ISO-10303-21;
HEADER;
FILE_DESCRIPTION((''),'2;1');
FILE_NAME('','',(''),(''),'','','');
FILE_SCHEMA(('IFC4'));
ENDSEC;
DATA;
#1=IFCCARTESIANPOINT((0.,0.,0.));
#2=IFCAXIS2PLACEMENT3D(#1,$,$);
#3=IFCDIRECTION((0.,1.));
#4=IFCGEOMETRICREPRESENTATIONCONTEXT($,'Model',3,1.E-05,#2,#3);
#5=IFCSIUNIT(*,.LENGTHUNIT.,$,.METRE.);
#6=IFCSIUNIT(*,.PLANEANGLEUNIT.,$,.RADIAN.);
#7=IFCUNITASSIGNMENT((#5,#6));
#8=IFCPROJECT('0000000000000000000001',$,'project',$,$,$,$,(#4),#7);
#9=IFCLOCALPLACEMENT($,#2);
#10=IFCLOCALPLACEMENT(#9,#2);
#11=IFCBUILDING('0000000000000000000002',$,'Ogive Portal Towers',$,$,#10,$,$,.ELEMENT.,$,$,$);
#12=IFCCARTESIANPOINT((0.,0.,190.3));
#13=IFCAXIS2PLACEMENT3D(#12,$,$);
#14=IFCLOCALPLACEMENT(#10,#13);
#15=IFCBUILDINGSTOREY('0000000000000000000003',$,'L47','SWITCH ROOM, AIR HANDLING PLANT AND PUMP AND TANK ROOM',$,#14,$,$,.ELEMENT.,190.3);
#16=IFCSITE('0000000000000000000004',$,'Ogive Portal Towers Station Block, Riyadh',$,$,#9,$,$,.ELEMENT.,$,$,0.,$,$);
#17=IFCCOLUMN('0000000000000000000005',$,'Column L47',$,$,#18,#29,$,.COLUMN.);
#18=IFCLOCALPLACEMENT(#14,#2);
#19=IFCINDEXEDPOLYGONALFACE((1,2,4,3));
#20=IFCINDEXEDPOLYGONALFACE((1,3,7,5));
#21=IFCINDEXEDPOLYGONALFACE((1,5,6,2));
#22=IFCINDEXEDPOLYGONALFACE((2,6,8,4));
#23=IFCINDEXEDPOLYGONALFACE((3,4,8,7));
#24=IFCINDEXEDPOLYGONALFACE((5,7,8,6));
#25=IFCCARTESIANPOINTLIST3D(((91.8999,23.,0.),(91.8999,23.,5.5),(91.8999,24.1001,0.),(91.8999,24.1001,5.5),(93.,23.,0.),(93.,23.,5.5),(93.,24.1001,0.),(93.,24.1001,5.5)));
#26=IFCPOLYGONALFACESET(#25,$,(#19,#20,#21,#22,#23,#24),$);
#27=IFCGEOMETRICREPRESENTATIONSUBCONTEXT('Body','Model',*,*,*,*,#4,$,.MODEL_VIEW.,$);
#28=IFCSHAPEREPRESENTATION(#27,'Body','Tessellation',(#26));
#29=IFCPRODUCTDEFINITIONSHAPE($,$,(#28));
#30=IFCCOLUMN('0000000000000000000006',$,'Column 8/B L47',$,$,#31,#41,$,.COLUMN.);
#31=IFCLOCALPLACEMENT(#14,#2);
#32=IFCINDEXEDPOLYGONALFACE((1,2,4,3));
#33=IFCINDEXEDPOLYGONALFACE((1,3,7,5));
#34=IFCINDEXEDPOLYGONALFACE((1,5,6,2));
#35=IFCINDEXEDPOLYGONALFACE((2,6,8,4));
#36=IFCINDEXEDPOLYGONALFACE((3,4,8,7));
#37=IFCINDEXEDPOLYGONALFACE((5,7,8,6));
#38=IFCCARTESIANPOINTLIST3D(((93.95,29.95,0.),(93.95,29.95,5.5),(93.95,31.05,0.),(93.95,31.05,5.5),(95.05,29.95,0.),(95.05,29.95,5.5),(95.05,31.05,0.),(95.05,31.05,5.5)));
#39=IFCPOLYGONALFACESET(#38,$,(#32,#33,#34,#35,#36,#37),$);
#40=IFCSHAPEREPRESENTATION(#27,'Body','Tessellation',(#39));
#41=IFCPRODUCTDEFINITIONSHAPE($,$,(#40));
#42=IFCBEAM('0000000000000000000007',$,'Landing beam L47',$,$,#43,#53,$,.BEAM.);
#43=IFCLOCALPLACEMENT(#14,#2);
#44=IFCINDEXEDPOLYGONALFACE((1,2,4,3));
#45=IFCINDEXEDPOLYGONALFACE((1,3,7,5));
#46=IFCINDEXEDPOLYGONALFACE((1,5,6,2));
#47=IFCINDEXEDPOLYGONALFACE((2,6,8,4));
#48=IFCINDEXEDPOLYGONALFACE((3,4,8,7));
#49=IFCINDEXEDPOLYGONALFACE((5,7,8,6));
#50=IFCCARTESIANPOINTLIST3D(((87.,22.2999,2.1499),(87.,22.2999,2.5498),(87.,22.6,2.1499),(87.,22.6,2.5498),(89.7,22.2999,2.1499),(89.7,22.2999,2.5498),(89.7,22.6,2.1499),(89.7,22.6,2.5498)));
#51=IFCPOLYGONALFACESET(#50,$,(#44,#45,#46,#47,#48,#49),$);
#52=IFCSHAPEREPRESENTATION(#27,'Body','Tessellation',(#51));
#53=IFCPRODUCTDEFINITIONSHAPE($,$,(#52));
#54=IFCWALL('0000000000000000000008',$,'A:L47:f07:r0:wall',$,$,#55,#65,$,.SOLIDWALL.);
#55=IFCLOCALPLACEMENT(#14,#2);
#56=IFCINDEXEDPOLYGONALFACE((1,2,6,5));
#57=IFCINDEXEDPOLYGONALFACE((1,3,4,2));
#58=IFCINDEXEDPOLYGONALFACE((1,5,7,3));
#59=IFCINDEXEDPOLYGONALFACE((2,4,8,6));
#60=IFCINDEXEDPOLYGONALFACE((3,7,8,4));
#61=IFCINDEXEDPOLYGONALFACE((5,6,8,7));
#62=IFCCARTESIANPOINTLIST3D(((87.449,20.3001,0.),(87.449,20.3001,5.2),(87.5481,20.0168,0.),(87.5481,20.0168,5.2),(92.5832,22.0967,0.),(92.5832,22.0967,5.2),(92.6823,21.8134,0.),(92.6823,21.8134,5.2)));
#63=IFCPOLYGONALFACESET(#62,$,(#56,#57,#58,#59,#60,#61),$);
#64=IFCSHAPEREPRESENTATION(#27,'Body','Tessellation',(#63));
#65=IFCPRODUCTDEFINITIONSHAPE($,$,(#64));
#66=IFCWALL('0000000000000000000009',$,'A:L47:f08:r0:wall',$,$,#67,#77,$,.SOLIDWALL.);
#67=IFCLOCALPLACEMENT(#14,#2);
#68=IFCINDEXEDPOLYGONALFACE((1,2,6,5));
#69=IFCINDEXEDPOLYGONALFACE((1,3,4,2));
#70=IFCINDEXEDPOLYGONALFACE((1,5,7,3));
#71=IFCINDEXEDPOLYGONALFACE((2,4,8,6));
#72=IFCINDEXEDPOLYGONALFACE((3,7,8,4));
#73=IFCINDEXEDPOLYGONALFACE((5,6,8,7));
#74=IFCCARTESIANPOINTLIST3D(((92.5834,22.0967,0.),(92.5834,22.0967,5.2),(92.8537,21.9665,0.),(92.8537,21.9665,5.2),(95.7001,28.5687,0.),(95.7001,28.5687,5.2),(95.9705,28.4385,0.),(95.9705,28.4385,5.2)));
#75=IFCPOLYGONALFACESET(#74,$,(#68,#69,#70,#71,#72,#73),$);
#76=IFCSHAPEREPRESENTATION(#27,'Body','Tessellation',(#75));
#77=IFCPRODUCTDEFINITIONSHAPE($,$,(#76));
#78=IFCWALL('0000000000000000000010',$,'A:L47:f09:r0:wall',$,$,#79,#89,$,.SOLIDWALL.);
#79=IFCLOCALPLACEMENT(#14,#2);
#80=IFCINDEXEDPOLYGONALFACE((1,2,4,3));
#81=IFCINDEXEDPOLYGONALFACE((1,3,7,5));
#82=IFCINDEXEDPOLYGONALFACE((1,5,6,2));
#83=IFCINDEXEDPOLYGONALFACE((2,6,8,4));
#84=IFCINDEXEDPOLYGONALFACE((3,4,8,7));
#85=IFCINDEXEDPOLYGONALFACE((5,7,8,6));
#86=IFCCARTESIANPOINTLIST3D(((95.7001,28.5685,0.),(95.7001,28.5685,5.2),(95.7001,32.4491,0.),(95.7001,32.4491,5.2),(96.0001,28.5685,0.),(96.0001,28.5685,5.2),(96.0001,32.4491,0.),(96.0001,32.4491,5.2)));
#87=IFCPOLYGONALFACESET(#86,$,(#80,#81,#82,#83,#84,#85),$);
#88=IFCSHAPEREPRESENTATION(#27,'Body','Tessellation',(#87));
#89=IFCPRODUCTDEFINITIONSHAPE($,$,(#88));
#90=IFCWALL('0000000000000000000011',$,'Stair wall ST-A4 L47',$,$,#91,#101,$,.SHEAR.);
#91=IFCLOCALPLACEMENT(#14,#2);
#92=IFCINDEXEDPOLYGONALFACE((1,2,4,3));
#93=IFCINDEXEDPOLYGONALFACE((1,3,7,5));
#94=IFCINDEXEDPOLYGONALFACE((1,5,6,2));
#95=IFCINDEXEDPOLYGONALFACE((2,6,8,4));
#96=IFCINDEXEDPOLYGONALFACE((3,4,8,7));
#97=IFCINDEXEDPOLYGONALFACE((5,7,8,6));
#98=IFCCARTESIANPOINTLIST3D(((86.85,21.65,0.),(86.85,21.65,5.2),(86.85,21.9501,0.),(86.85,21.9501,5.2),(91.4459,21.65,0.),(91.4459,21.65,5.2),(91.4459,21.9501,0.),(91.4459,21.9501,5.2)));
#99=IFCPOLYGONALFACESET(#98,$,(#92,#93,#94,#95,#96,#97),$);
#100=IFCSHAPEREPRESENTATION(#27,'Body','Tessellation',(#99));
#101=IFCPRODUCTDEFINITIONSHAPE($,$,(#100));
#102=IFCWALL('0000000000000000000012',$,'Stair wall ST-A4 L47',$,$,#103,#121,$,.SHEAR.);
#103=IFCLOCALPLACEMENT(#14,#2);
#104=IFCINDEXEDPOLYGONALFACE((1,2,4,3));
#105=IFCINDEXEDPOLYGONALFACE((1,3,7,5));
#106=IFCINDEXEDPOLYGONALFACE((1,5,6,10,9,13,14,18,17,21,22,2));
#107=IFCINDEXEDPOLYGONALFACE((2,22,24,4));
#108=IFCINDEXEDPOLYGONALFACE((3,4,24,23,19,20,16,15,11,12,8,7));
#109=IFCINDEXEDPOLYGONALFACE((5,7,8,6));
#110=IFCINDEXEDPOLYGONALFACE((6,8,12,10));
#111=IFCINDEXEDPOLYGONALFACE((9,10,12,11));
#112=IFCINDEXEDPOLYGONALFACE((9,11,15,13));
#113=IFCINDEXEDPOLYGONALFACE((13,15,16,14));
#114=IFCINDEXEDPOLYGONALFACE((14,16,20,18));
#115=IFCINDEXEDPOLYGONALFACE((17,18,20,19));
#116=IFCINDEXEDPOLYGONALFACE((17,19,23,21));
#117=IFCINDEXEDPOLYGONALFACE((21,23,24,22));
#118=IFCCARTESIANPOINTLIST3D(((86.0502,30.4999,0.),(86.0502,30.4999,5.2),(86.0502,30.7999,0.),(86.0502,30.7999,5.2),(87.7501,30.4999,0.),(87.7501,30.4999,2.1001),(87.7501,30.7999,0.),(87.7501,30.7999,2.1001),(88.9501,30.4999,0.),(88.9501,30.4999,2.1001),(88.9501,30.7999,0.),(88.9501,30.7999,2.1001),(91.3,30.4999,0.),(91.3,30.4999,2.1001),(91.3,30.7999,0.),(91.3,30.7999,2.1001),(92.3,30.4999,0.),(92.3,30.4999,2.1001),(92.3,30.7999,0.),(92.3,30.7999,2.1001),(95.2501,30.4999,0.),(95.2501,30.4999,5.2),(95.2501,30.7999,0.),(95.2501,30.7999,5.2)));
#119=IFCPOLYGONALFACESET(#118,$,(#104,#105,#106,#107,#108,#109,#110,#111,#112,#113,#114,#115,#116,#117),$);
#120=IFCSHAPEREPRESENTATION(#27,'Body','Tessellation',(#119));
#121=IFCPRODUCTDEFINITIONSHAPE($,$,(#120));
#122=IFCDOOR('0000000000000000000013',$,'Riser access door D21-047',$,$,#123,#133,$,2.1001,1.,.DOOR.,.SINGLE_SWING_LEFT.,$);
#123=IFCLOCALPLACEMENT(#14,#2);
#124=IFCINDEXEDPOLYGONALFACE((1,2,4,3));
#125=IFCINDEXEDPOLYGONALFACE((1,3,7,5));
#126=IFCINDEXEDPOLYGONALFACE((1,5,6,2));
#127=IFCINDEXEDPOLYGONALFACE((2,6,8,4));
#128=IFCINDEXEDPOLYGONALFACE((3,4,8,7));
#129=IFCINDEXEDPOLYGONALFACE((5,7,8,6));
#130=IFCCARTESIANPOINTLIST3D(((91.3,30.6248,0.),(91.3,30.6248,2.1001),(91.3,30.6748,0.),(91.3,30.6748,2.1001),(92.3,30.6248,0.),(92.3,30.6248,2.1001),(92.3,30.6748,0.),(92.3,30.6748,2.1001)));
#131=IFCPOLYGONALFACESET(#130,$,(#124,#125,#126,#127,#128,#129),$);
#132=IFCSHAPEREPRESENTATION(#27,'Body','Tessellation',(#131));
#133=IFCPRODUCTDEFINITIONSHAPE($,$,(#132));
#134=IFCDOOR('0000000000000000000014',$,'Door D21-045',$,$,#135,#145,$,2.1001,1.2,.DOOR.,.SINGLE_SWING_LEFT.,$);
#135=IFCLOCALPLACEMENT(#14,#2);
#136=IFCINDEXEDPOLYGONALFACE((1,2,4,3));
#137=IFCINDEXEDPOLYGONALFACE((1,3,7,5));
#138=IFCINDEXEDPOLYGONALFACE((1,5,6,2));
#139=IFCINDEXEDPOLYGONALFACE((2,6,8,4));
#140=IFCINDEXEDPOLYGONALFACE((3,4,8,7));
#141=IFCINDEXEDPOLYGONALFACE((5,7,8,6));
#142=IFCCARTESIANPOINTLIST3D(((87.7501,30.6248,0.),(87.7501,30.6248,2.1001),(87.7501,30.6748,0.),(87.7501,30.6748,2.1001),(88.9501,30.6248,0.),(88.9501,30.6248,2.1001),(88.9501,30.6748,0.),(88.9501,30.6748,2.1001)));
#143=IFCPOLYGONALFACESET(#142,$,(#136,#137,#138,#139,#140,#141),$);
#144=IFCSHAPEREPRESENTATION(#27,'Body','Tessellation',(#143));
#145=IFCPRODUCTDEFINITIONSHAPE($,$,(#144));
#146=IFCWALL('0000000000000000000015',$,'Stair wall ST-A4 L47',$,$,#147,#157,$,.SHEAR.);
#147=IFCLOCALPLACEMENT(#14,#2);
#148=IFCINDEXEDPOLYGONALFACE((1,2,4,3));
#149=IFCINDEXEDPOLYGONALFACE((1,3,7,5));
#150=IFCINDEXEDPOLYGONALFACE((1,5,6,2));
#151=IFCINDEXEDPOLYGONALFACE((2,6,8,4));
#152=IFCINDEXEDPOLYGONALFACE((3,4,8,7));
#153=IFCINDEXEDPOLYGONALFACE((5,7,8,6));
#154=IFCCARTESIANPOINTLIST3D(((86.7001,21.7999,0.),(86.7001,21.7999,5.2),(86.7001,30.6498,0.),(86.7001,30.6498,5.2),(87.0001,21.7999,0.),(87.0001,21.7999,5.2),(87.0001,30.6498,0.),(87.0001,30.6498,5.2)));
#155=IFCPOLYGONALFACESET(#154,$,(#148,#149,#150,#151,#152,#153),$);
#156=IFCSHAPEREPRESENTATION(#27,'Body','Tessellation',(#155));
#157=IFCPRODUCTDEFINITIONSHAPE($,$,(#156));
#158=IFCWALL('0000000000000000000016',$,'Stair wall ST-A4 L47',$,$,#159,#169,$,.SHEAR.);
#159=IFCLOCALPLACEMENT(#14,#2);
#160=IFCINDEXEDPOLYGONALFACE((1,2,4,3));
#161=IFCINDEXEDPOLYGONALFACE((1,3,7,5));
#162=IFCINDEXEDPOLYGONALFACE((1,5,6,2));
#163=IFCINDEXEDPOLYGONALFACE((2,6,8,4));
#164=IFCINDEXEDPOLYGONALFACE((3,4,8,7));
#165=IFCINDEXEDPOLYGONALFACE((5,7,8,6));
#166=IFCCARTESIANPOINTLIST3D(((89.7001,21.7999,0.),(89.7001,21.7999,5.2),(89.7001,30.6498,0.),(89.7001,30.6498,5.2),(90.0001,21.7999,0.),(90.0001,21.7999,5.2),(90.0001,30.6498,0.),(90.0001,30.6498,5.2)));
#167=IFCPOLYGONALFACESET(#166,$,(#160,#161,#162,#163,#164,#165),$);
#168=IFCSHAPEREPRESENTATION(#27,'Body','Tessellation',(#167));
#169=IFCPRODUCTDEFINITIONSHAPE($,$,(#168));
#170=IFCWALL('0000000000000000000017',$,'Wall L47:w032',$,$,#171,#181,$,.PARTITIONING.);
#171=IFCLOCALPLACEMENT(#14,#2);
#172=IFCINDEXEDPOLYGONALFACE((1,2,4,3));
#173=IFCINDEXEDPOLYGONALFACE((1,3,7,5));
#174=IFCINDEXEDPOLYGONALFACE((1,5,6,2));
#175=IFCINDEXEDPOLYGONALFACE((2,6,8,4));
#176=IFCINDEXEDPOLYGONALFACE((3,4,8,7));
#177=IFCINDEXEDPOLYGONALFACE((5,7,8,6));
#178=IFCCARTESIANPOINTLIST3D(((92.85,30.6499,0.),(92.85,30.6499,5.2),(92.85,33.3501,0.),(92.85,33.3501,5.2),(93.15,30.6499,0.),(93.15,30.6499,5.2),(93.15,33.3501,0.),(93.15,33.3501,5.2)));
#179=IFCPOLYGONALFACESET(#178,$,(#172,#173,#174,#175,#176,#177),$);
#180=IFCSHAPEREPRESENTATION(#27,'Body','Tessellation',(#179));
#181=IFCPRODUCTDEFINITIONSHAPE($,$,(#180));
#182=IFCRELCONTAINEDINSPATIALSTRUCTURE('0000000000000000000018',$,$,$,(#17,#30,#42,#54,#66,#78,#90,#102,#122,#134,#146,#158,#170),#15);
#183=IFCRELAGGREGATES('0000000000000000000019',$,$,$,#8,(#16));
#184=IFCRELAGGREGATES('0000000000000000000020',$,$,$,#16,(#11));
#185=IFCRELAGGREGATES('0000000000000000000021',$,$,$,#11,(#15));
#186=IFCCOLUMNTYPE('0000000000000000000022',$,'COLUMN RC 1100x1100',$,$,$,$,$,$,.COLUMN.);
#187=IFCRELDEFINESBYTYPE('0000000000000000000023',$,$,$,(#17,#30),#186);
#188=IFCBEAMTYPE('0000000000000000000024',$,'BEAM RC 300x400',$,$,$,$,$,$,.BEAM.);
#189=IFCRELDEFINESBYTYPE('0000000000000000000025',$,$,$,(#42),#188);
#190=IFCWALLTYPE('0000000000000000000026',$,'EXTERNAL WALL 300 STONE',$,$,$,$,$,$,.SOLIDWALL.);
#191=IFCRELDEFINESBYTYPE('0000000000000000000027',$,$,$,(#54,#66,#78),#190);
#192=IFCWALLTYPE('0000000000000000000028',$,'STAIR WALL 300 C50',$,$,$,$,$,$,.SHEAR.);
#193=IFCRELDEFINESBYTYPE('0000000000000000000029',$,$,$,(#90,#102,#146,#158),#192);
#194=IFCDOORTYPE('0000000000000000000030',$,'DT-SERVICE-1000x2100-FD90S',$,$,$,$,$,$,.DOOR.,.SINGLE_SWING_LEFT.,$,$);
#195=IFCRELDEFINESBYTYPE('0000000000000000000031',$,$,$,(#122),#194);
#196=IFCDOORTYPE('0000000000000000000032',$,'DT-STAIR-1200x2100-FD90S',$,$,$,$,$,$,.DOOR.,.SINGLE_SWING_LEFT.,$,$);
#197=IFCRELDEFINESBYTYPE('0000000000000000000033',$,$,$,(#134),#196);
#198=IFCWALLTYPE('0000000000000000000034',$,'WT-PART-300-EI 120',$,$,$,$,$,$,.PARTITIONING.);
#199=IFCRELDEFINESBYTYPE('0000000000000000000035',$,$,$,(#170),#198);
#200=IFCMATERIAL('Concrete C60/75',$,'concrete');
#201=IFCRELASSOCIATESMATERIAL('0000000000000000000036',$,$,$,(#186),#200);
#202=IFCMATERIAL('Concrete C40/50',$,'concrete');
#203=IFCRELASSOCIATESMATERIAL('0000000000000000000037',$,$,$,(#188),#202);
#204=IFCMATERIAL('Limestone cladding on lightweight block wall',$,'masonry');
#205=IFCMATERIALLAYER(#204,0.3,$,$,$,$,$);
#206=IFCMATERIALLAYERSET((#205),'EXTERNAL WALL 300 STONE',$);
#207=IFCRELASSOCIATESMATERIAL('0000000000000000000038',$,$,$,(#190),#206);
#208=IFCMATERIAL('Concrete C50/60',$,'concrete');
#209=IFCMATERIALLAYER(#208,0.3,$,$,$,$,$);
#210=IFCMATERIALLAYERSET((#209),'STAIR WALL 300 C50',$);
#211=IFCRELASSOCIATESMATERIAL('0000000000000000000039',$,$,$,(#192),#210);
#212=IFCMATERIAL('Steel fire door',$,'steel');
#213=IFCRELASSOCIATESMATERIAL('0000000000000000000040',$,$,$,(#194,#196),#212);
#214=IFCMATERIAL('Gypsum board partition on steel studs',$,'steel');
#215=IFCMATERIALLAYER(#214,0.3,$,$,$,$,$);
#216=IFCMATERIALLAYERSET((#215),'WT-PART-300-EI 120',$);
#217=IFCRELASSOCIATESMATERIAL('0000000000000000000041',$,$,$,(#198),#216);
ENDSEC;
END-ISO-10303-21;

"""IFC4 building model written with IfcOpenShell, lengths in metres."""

from ifc_helpers import new_model, si_unit, direction, frame, frame_2d, origin, origin_2d, place, context, subcontext, project, spatial, rectangle, extrude, material, layer, layer_set, material_profile, profile_set, type_object, element, fill, save


model = new_model("IFC4")

# Units and contexts
model_context = context("Model", 3, precision=1e-05, world=origin(), true_north=direction((0.0, 1.0)))
body_context = subcontext(model_context, "Body", "Model", "MODEL_VIEW")
ifc_project = project(units=[si_unit("LENGTHUNIT", "METRE"), si_unit("PLANEANGLEUNIT", "RADIAN")], contexts=[model_context])

# Site, building, storey
site_placement = place(None, origin())
site = spatial("IfcSite", under=ifc_project, at=site_placement, Name="Ogive Portal Towers Station Block, Riyadh", CompositionType="ELEMENT", RefElevation=0.0)
building_placement = place(site_placement, origin())
building = spatial("IfcBuilding", under=site, at=building_placement, Name="Ogive Portal Towers", CompositionType="ELEMENT")
storey_placement = place(building_placement, frame((0.0, 0.0, 190.3)))
storey = spatial("IfcBuildingStorey", under=building, at=storey_placement, Name="L47", Description="SWITCH ROOM, AIR HANDLING PLANT AND PUMP AND TANK ROOM", CompositionType="ELEMENT", Elevation=190.3)

# Columns
ifc_material_1 = material(Name="Concrete C60/75", Category="concrete")
ifc_material_profile_1 = material_profile(ifc_material_1, rectangle(XDim=1.1001, YDim=1.1001, at=origin_2d()), Name="RC 1100x1100")
ifc_profile_set_1 = profile_set([ifc_material_profile_1], Name="Concrete C60/75")
column_type = type_object("IfcColumnType", Name="COLUMN RC 1100x1100", PredefinedType="COLUMN", material=ifc_profile_set_1)
for number, where, z_axis, x_axis, name in (
    (1, (92.45, 23.55, 0.0), (0.0, 0.0, 1.0), (1.0, 0.0, 0.0), "Column L47"),
    (2, (94.5, 30.5, 0.0), (0.0, 0.0, 1.0), (1.0, 0.0, 0.0), "Column 8/B L47"),
):
    element("IfcColumn", number, at=place(storey_placement, frame(where, z_axis=z_axis, x_axis=x_axis)), inside=storey, type_object=column_type, Name=name, PredefinedType="COLUMN", context=body_context, shape_type="SweptSolid", body=[
        extrude(rectangle(XDim=1.1001, YDim=1.1001, at=origin_2d()), origin(), (0.0, 0.0, 1.0), 5.5),
    ])

# Beam
ifc_material_2 = material(Name="Concrete C40/50", Category="concrete")
ifc_material_profile_2 = material_profile(ifc_material_2, rectangle(XDim=0.3, YDim=0.3999, at=origin_2d()), Name="RC 300x400")
ifc_profile_set_2 = profile_set([ifc_material_profile_2], Name="Concrete C40/50")
beam_type = type_object("IfcBeamType", Name="BEAM RC 300x400", PredefinedType="BEAM", material=ifc_profile_set_2)
beam_placement = place(storey_placement, frame((87.0, 22.45, 2.3499), z_axis=(1.0, 0.0, 0.0), x_axis=(0.0, 1.0, 0.0)))
element("IfcBeam", 3, at=beam_placement, inside=storey, type_object=beam_type, Name="Landing beam L47", PredefinedType="BEAM", context=body_context, shape_type="SweptSolid", body=[
    extrude(rectangle(XDim=0.3, YDim=0.3999, at=origin_2d()), origin(), (0.0, 0.0, 1.0), 2.7),
])

# Walls
ifc_material_3 = material(Name="Limestone cladding on lightweight block wall", Category="masonry")
ifc_layer_1 = layer(ifc_material_3, 0.3)
ifc_layer_set_1 = layer_set([ifc_layer_1], Name="EXTERNAL WALL 300 STONE")
wall_type_1 = type_object("IfcWallType", Name="EXTERNAL WALL 300 STONE", PredefinedType="SOLIDWALL", material=ifc_layer_set_1)
wall_1_placement = place(storey_placement, frame((87.4985, 20.1584, 0.0), z_axis=(0.0, 0.0, 1.0), x_axis=(0.943879, 0.33029, 0.0)))
element("IfcWall", 4, at=wall_1_placement, inside=storey, type_object=wall_type_1, Name="A:L47:f07:r0:wall", PredefinedType="SOLIDWALL", context=body_context, shape_type="SweptSolid", body=[
    extrude(rectangle(XDim=5.4395, YDim=0.3, at=frame_2d((2.7197, 0.0))), origin(), (0.0, 0.0, 1.0), 5.2),
])
wall_2_placement = place(storey_placement, frame((92.7185, 22.0315, 0.0), z_axis=(0.0, 0.0, 1.0), x_axis=(0.433882, 0.90097, 0.0)))
element("IfcWall", 5, at=wall_2_placement, inside=storey, type_object=wall_type_1, Name="A:L47:f08:r0:wall", PredefinedType="SOLIDWALL", context=body_context, shape_type="SweptSolid", body=[
    extrude(rectangle(XDim=7.1833, YDim=0.3, at=frame_2d((3.5918, 0.0))), origin(), (0.0, 0.0, 1.0), 5.2),
])
wall_3_placement = place(storey_placement, frame((95.8501, 28.5684, 0.0), z_axis=(0.0, 0.0, 1.0), x_axis=(0.0, 1.0, 0.0)))
element("IfcWall", 6, at=wall_3_placement, inside=storey, type_object=wall_type_1, Name="A:L47:f09:r0:wall", PredefinedType="SOLIDWALL", context=body_context, shape_type="SweptSolid", body=[
    extrude(rectangle(XDim=3.8806, YDim=0.3, at=frame_2d((1.9404, 0.0))), origin(), (0.0, 0.0, 1.0), 5.2),
])
ifc_material_4 = material(Name="Concrete C50/60", Category="concrete")
ifc_layer_2 = layer(ifc_material_4, 0.3)
ifc_layer_set_2 = layer_set([ifc_layer_2], Name="STAIR WALL 300 C50")
wall_type_2 = type_object("IfcWallType", Name="STAIR WALL 300 C50", PredefinedType="SHEAR", material=ifc_layer_set_2)
wall_4_placement = place(storey_placement, frame((86.8501, 21.8, 0.0), z_axis=(0.0, 0.0, 1.0), x_axis=(1.0, 0.0, 0.0)))
element("IfcWall", 7, at=wall_4_placement, inside=storey, type_object=wall_type_2, Name="Stair wall ST-A4 L47", PredefinedType="SHEAR", context=body_context, shape_type="SweptSolid", body=[
    extrude(rectangle(XDim=4.5959, YDim=0.3, at=frame_2d((2.2979, 0.0))), origin(), (0.0, 0.0, 1.0), 5.2),
])

# Wall, openings, doors
wall_5_placement = place(storey_placement, frame((86.05, 30.6499, 0.0), z_axis=(0.0, 0.0, 1.0), x_axis=(1.0, 0.0, 0.0)))
wall_5 = element("IfcWall", 8, at=wall_5_placement, inside=storey, type_object=wall_type_2, Name="Stair wall ST-A4 L47", PredefinedType="SHEAR", context=body_context, shape_type="SweptSolid", body=[
    extrude(rectangle(XDim=9.2, YDim=0.3, at=frame_2d((4.6001, 0.0))), origin(), (0.0, 0.0, 1.0), 5.2),
])
opening_1_placement = place(wall_5_placement, frame((1.7, 0.0, 0.0)))
opening_1 = element("IfcOpeningElement", 9, at=opening_1_placement, cuts=wall_5, PredefinedType="OPENING", context=body_context, shape_type="SweptSolid", body=[
    extrude(rectangle(XDim=1.2, YDim=2.1001, at=frame_2d((0.6001, 1.05))), frame((0.0, 0.1602, 0.0), z_axis=(0.0, -1.0, 0.0), x_axis=(1.0, 0.0, 0.0)), (0.0, 0.0, 1.0), 0.3201),
])
opening_2_placement = place(wall_5_placement, frame((5.25, 0.0, 0.0)))
opening_2 = element("IfcOpeningElement", 10, at=opening_2_placement, cuts=wall_5, PredefinedType="OPENING", context=body_context, shape_type="SweptSolid", body=[
    extrude(rectangle(XDim=1.0, YDim=2.1001, at=frame_2d((0.5, 1.05))), frame((0.0, 0.1602, 0.0), z_axis=(0.0, -1.0, 0.0), x_axis=(1.0, 0.0, 0.0)), (0.0, 0.0, 1.0), 0.3201),
])
ifc_material_5 = material(Name="Steel fire door", Category="steel")
door_type_1 = type_object("IfcDoorType", Name="DT-SERVICE-1000x2100-FD90S", OperationType="SINGLE_SWING_LEFT", PredefinedType="DOOR", material=ifc_material_5)
door_1_placement = place(opening_2_placement, origin())
door_1 = element("IfcDoor", 11, at=door_1_placement, inside=storey, type_object=door_type_1, Name="Riser access door D21-047", OperationType="SINGLE_SWING_LEFT", OverallHeight=2.1001, OverallWidth=1.0, PredefinedType="DOOR", context=body_context, shape_type="SweptSolid", body=[
    extrude(rectangle(XDim=1.0, YDim=2.1001, at=frame_2d((0.5, 1.05))), frame((0.0, 0.0249, 0.0), z_axis=(0.0, -1.0, 0.0), x_axis=(1.0, 0.0, 0.0)), (0.0, 0.0, 1.0), 0.05),
])
fill(opening_2, door_1)
door_type_2 = type_object("IfcDoorType", Name="DT-STAIR-1200x2100-FD90S", OperationType="SINGLE_SWING_LEFT", PredefinedType="DOOR", material=ifc_material_5)
door_2_placement = place(opening_1_placement, origin())
door_2 = element("IfcDoor", 12, at=door_2_placement, inside=storey, type_object=door_type_2, Name="Door D21-045", OperationType="SINGLE_SWING_LEFT", OverallHeight=2.1001, OverallWidth=1.2, PredefinedType="DOOR", context=body_context, shape_type="SweptSolid", body=[
    extrude(rectangle(XDim=1.2, YDim=2.1001, at=frame_2d((0.6001, 1.05))), frame((0.0, 0.0249, 0.0), z_axis=(0.0, -1.0, 0.0), x_axis=(1.0, 0.0, 0.0)), (0.0, 0.0, 1.0), 0.05),
])
fill(opening_1, door_2)

# Walls
for number, where, z_axis, x_axis, name in (
    (13, (86.8501, 21.8, 0.0), (0.0, 0.0, 1.0), (0.0, 1.0, 0.0), "Stair wall ST-A4 L47"),
    (14, (89.8501, 21.8, 0.0), (0.0, 0.0, 1.0), (0.0, 1.0, 0.0), "Stair wall ST-A4 L47"),
):
    element("IfcWall", number, at=place(storey_placement, frame(where, z_axis=z_axis, x_axis=x_axis)), inside=storey, type_object=wall_type_2, Name=name, PredefinedType="SHEAR", context=body_context, shape_type="SweptSolid", body=[
        extrude(rectangle(XDim=8.8499, YDim=0.3, at=frame_2d((4.4248, 0.0))), origin(), (0.0, 0.0, 1.0), 5.2),
    ])
ifc_material_6 = material(Name="Gypsum board partition on steel studs", Category="steel")
ifc_layer_3 = layer(ifc_material_6, 0.3)
ifc_layer_set_3 = layer_set([ifc_layer_3], Name="WT-PART-300-EI 120")
wall_type_3 = type_object("IfcWallType", Name="WT-PART-300-EI 120", PredefinedType="PARTITIONING", material=ifc_layer_set_3)
wall_6_placement = place(storey_placement, frame((93.0, 30.6499, 0.0), z_axis=(0.0, 0.0, 1.0), x_axis=(0.0, 1.0, 0.0)))
element("IfcWall", 15, at=wall_6_placement, inside=storey, type_object=wall_type_3, Name="Wall L47:w032", PredefinedType="PARTITIONING", context=body_context, shape_type="SweptSolid", body=[
    extrude(rectangle(XDim=2.7002, YDim=0.3, at=frame_2d((1.3501, 0.0))), origin(), (0.0, 0.0, 1.0), 5.2),
])

save(model, "model.ifc")
